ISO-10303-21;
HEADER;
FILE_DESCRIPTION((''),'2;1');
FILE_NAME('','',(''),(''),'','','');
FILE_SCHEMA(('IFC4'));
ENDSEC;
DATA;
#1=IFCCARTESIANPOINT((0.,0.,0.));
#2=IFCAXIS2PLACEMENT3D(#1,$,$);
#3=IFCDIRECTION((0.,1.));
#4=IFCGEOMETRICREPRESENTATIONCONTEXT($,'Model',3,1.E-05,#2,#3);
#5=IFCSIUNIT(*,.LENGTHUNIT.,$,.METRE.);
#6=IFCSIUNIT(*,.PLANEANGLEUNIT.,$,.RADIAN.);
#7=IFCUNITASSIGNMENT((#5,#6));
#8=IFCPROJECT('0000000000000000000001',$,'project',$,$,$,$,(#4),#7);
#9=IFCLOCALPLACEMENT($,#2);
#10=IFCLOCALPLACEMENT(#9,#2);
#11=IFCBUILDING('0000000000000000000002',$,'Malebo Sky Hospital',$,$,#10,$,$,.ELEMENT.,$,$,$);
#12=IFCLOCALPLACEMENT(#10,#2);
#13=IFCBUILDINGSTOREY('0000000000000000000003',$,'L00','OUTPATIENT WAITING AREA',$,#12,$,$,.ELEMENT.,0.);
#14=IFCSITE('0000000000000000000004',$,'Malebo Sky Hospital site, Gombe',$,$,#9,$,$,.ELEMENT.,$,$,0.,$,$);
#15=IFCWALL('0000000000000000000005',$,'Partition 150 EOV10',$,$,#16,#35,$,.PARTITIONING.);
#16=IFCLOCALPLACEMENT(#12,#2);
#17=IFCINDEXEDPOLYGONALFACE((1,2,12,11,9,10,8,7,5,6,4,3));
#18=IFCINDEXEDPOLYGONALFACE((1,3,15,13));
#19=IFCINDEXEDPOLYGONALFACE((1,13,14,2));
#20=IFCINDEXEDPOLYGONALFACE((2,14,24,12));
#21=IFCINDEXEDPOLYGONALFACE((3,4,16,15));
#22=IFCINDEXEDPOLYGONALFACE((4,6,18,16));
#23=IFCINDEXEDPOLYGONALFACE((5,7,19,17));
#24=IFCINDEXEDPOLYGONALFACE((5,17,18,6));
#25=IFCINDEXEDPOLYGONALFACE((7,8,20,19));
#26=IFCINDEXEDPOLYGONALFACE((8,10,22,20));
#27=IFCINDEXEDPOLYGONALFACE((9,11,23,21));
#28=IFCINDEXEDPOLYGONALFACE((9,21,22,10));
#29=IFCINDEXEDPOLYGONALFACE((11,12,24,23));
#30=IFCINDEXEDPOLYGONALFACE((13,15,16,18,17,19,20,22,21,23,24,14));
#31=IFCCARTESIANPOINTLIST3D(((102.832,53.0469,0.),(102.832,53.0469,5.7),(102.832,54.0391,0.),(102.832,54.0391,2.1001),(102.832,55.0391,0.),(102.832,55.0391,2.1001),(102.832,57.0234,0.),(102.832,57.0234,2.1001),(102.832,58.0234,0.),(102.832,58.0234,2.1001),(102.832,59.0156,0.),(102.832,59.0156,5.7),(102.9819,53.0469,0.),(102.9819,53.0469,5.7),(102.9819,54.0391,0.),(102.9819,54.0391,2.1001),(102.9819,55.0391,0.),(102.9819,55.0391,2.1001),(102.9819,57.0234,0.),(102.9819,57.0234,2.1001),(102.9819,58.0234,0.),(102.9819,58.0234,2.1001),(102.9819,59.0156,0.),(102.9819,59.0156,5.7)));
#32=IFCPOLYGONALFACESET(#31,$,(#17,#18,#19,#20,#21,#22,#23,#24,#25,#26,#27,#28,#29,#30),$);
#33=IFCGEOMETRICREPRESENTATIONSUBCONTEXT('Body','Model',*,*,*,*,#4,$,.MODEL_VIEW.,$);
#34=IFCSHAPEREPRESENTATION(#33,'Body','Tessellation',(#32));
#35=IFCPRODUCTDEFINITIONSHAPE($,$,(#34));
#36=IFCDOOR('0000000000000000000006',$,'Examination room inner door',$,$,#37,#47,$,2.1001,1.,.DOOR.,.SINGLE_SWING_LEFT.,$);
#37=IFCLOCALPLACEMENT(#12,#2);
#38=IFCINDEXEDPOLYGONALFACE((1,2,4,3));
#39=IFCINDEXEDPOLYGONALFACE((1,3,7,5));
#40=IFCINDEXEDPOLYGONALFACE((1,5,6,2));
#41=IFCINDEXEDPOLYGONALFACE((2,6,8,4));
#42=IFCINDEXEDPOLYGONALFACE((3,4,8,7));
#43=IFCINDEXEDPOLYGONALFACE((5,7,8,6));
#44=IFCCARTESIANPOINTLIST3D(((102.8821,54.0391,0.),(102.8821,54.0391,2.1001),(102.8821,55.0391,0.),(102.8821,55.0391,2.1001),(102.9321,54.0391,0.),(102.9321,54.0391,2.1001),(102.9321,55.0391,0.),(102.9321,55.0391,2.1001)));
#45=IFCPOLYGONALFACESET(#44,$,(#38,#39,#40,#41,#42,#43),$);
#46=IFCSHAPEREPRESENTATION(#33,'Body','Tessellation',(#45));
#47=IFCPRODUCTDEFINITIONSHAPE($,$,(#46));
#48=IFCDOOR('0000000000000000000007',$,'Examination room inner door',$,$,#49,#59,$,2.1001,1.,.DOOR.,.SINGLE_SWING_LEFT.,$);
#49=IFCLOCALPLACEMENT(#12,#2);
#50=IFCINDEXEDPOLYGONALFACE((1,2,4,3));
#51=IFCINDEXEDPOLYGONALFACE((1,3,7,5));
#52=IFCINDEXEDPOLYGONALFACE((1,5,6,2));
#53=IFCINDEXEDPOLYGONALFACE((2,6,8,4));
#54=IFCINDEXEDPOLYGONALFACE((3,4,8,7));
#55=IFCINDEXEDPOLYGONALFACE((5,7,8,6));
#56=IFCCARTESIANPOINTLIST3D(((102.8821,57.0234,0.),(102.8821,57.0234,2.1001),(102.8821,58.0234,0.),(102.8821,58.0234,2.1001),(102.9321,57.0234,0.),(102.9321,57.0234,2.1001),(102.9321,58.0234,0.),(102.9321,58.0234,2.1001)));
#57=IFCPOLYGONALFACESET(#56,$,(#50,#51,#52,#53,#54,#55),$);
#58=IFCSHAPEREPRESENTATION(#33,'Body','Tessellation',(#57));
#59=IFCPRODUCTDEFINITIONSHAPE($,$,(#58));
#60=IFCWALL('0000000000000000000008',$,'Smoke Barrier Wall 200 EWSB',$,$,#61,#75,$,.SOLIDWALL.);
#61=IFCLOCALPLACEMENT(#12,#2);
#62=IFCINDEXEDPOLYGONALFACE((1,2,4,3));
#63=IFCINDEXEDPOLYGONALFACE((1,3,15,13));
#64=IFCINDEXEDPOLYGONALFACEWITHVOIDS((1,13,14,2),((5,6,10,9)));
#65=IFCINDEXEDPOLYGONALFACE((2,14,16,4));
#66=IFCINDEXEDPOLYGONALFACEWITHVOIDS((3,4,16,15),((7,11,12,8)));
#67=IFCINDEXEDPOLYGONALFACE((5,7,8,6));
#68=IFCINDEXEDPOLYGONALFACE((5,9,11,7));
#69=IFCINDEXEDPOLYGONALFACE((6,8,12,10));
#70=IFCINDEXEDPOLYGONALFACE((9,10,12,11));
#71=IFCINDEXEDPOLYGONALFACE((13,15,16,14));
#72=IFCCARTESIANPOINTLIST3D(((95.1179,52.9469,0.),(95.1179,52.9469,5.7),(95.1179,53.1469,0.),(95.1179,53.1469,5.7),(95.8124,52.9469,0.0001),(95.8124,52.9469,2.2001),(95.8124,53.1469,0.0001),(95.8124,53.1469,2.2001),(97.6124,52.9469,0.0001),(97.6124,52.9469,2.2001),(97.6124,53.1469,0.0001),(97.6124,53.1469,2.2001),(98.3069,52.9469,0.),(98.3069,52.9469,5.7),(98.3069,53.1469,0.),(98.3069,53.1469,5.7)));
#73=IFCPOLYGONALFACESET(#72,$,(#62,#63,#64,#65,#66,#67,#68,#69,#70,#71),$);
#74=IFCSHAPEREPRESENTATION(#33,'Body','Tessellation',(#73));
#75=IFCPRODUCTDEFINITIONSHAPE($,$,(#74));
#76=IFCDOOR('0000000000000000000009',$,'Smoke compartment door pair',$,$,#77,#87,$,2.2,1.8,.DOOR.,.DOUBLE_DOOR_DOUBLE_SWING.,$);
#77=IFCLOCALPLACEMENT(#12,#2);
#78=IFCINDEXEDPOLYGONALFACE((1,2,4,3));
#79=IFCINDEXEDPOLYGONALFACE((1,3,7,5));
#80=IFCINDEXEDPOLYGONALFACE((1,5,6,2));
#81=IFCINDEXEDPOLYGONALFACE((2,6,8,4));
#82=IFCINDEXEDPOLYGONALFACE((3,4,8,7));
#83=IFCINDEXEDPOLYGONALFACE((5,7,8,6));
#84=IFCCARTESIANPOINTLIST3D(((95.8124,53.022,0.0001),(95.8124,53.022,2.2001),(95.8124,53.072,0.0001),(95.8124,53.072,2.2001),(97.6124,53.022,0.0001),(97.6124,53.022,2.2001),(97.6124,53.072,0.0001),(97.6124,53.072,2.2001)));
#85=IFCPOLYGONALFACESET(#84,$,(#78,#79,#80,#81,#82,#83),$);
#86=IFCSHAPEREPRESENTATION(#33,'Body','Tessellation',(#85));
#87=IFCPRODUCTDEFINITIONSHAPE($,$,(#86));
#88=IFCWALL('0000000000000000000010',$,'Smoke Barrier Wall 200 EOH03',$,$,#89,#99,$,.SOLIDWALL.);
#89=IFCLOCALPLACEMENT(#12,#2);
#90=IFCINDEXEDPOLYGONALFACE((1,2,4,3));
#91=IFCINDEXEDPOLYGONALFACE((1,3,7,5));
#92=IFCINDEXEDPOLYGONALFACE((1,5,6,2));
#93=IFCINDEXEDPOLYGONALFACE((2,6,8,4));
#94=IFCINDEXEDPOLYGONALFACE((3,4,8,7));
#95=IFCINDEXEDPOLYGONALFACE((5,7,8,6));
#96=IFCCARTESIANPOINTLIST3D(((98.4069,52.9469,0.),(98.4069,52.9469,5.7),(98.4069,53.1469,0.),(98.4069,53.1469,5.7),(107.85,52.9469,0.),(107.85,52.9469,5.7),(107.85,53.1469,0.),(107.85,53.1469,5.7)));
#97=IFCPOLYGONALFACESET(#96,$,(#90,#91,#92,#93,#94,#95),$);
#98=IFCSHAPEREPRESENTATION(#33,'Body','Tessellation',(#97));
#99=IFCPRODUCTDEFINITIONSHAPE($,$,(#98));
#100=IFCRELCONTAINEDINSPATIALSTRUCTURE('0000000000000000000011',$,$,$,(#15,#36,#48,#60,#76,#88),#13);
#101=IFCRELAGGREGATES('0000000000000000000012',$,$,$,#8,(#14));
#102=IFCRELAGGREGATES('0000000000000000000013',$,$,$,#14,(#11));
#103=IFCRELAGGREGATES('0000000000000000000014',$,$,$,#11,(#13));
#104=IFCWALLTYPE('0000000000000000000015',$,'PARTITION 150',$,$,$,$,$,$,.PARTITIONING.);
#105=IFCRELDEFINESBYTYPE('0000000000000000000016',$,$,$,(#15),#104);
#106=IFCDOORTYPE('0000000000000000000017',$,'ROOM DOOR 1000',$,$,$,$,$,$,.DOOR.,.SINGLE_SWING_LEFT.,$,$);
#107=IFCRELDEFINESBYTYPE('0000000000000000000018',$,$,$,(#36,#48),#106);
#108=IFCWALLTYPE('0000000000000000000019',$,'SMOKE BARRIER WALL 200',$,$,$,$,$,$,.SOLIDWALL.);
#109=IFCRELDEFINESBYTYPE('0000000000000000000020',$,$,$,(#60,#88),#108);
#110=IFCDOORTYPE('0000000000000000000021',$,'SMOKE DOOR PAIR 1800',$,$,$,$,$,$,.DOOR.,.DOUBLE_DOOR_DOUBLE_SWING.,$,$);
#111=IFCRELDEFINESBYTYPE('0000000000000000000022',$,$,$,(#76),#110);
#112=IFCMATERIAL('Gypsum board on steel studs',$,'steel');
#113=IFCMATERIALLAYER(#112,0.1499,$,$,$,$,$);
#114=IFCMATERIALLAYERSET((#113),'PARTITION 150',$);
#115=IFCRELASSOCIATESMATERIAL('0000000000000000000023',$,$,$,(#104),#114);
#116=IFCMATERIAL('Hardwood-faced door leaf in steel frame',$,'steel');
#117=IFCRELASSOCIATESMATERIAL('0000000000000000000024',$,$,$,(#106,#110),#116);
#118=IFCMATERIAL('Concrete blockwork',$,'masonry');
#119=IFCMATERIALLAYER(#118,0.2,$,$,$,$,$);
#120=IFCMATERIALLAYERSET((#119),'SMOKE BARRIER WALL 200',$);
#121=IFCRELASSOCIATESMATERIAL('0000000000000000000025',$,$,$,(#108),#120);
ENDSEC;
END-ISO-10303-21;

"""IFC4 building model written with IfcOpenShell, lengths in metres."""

from ifc_helpers import new_model, si_unit, direction, frame, frame_2d, origin, place, context, subcontext, project, spatial, rectangle, extrude, material, layer, layer_set, type_object, element, fill, save


model = new_model("IFC4")

# Units and contexts
model_context = context("Model", 3, precision=1e-05, world=origin(), true_north=direction((0.0, 1.0)))
body_context = subcontext(model_context, "Body", "Model", "MODEL_VIEW")
ifc_project = project(units=[si_unit("LENGTHUNIT", "METRE"), si_unit("PLANEANGLEUNIT", "RADIAN")], contexts=[model_context])

# Site, building, storey
site_placement = place(None, origin())
site = spatial("IfcSite", under=ifc_project, at=site_placement, Name="Malebo Sky Hospital site, Gombe", CompositionType="ELEMENT", RefElevation=0.0)
building_placement = place(site_placement, origin())
building = spatial("IfcBuilding", under=site, at=building_placement, Name="Malebo Sky Hospital", CompositionType="ELEMENT")
storey_placement = place(building_placement, origin())
storey = spatial("IfcBuildingStorey", under=building, at=storey_placement, Name="L00", Description="OUTPATIENT WAITING AREA", CompositionType="ELEMENT", Elevation=0.0)

# Shared definitions
ifc_material_1 = material(Name="Gypsum board on steel studs", Category="steel")
ifc_layer_1 = layer(ifc_material_1, 0.1499)
ifc_layer_set_1 = layer_set([ifc_layer_1], Name="PARTITION 150")
wall_type_1 = type_object("IfcWallType", Name="PARTITION 150", PredefinedType="PARTITIONING", material=ifc_layer_set_1)

# Wall, openings, doors
wall_1_placement = place(storey_placement, frame((102.907, 53.0469, 0.0), z_axis=(0.0, 0.0, 1.0), x_axis=(0.0, 1.0, 0.0)))
wall_1 = element("IfcWall", 1, at=wall_1_placement, inside=storey, type_object=wall_type_1, Name="Partition 150 EOV10", PredefinedType="PARTITIONING", context=body_context, shape_type="SweptSolid", body=[
    extrude(rectangle(XDim=5.9688, YDim=0.1499, at=frame_2d((2.9844, 0.0))), origin(), (0.0, 0.0, 1.0), 5.7),
])
opening_1_placement = place(wall_1_placement, frame((0.9922, 0.0, 0.0)))
opening_1 = element("IfcOpeningElement", 2, at=opening_1_placement, cuts=wall_1, PredefinedType="OPENING", context=body_context, shape_type="SweptSolid", body=[
    extrude(rectangle(XDim=1.0, YDim=2.1001, at=frame_2d((0.5, 1.05))), frame((0.0, 0.085, 0.0), z_axis=(0.0, -1.0, 0.0), x_axis=(1.0, 0.0, 0.0)), (0.0, 0.0, 1.0), 0.1699),
])
opening_2_placement = place(wall_1_placement, frame((3.9766, 0.0, 0.0)))
opening_2 = element("IfcOpeningElement", 3, at=opening_2_placement, cuts=wall_1, PredefinedType="OPENING", context=body_context, shape_type="SweptSolid", body=[
    extrude(rectangle(XDim=1.0, YDim=2.1001, at=frame_2d((0.5, 1.05))), frame((0.0, 0.085, 0.0), z_axis=(0.0, -1.0, 0.0), x_axis=(1.0, 0.0, 0.0)), (0.0, 0.0, 1.0), 0.1699),
])
ifc_material_2 = material(Name="Hardwood-faced door leaf in steel frame", Category="steel")
door_type_1 = type_object("IfcDoorType", Name="ROOM DOOR 1000", OperationType="SINGLE_SWING_LEFT", PredefinedType="DOOR", material=ifc_material_2)
door_1_placement = place(opening_1_placement, origin())
door_1 = element("IfcDoor", 4, at=door_1_placement, inside=storey, type_object=door_type_1, Name="Examination room inner door", OperationType="SINGLE_SWING_LEFT", OverallHeight=2.1001, OverallWidth=1.0, PredefinedType="DOOR", context=body_context, shape_type="SweptSolid", body=[
    extrude(rectangle(XDim=1.0, YDim=2.1001, at=frame_2d((0.5, 1.05))), frame((0.0, 0.0249, 0.0), z_axis=(0.0, -1.0, 0.0), x_axis=(1.0, 0.0, 0.0)), (0.0, 0.0, 1.0), 0.05),
])
fill(opening_1, door_1)
door_2_placement = place(opening_2_placement, origin())
door_2 = element("IfcDoor", 5, at=door_2_placement, inside=storey, type_object=door_type_1, Name="Examination room inner door", OperationType="SINGLE_SWING_LEFT", OverallHeight=2.1001, OverallWidth=1.0, PredefinedType="DOOR", context=body_context, shape_type="SweptSolid", body=[
    extrude(rectangle(XDim=1.0, YDim=2.1001, at=frame_2d((0.5, 1.05))), frame((0.0, 0.0249, 0.0), z_axis=(0.0, -1.0, 0.0), x_axis=(1.0, 0.0, 0.0)), (0.0, 0.0, 1.0), 0.05),
])
fill(opening_2, door_2)

# Wall, opening, door
ifc_material_3 = material(Name="Concrete blockwork", Category="masonry")
ifc_layer_2 = layer(ifc_material_3, 0.2)
ifc_layer_set_2 = layer_set([ifc_layer_2], Name="SMOKE BARRIER WALL 200")
wall_type_2 = type_object("IfcWallType", Name="SMOKE BARRIER WALL 200", PredefinedType="SOLIDWALL", material=ifc_layer_set_2)
wall_2_placement = place(storey_placement, frame((98.3069, 53.0469, 0.0), z_axis=(0.0, 0.0, 1.0), x_axis=(-1.0, 0.0, 0.0)))
wall_2 = element("IfcWall", 6, at=wall_2_placement, inside=storey, type_object=wall_type_2, Name="Smoke Barrier Wall 200 EWSB", PredefinedType="SOLIDWALL", context=body_context, shape_type="SweptSolid", body=[
    extrude(rectangle(XDim=3.189, YDim=0.2, at=frame_2d((1.5945, 0.0))), origin(), (0.0, 0.0, 1.0), 5.7),
])
opening_3_placement = place(wall_2_placement, frame((0.6946, 0.0, 0.0)))
opening_3 = element("IfcOpeningElement", 7, at=opening_3_placement, cuts=wall_2, PredefinedType="OPENING", context=body_context, shape_type="SweptSolid", body=[
    extrude(rectangle(XDim=1.8, YDim=2.2, at=frame_2d((0.8999, 1.1001))), frame((0.0, 0.1099, 0.0), z_axis=(0.0, -1.0, 0.0), x_axis=(1.0, 0.0, 0.0)), (0.0, 0.0, 1.0), 0.22),
])
door_type_2 = type_object("IfcDoorType", Name="SMOKE DOOR PAIR 1800", OperationType="DOUBLE_DOOR_DOUBLE_SWING", PredefinedType="DOOR", material=ifc_material_2)
door_3_placement = place(opening_3_placement, origin())
door_3 = element("IfcDoor", 8, at=door_3_placement, inside=storey, type_object=door_type_2, Name="Smoke compartment door pair", OperationType="DOUBLE_DOOR_DOUBLE_SWING", OverallHeight=2.2, OverallWidth=1.8, PredefinedType="DOOR", context=body_context, shape_type="SweptSolid", body=[
    extrude(rectangle(XDim=1.8, YDim=2.2, at=frame_2d((0.8999, 1.1001))), frame((0.0, 0.0249, 0.0), z_axis=(0.0, -1.0, 0.0), x_axis=(1.0, 0.0, 0.0)), (0.0, 0.0, 1.0), 0.05),
])
fill(opening_3, door_3)

# Wall
wall_3_placement = place(storey_placement, frame((107.8501, 53.0469, 0.0), z_axis=(0.0, 0.0, 1.0), x_axis=(-1.0, 0.0, 0.0)))
element("IfcWall", 9, at=wall_3_placement, inside=storey, type_object=wall_type_2, Name="Smoke Barrier Wall 200 EOH03", PredefinedType="SOLIDWALL", context=body_context, shape_type="SweptSolid", body=[
    extrude(rectangle(XDim=9.4431, YDim=0.2, at=frame_2d((4.7217, 0.0))), origin(), (0.0, 0.0, 1.0), 5.7),
])

save(model, "model.ifc")
